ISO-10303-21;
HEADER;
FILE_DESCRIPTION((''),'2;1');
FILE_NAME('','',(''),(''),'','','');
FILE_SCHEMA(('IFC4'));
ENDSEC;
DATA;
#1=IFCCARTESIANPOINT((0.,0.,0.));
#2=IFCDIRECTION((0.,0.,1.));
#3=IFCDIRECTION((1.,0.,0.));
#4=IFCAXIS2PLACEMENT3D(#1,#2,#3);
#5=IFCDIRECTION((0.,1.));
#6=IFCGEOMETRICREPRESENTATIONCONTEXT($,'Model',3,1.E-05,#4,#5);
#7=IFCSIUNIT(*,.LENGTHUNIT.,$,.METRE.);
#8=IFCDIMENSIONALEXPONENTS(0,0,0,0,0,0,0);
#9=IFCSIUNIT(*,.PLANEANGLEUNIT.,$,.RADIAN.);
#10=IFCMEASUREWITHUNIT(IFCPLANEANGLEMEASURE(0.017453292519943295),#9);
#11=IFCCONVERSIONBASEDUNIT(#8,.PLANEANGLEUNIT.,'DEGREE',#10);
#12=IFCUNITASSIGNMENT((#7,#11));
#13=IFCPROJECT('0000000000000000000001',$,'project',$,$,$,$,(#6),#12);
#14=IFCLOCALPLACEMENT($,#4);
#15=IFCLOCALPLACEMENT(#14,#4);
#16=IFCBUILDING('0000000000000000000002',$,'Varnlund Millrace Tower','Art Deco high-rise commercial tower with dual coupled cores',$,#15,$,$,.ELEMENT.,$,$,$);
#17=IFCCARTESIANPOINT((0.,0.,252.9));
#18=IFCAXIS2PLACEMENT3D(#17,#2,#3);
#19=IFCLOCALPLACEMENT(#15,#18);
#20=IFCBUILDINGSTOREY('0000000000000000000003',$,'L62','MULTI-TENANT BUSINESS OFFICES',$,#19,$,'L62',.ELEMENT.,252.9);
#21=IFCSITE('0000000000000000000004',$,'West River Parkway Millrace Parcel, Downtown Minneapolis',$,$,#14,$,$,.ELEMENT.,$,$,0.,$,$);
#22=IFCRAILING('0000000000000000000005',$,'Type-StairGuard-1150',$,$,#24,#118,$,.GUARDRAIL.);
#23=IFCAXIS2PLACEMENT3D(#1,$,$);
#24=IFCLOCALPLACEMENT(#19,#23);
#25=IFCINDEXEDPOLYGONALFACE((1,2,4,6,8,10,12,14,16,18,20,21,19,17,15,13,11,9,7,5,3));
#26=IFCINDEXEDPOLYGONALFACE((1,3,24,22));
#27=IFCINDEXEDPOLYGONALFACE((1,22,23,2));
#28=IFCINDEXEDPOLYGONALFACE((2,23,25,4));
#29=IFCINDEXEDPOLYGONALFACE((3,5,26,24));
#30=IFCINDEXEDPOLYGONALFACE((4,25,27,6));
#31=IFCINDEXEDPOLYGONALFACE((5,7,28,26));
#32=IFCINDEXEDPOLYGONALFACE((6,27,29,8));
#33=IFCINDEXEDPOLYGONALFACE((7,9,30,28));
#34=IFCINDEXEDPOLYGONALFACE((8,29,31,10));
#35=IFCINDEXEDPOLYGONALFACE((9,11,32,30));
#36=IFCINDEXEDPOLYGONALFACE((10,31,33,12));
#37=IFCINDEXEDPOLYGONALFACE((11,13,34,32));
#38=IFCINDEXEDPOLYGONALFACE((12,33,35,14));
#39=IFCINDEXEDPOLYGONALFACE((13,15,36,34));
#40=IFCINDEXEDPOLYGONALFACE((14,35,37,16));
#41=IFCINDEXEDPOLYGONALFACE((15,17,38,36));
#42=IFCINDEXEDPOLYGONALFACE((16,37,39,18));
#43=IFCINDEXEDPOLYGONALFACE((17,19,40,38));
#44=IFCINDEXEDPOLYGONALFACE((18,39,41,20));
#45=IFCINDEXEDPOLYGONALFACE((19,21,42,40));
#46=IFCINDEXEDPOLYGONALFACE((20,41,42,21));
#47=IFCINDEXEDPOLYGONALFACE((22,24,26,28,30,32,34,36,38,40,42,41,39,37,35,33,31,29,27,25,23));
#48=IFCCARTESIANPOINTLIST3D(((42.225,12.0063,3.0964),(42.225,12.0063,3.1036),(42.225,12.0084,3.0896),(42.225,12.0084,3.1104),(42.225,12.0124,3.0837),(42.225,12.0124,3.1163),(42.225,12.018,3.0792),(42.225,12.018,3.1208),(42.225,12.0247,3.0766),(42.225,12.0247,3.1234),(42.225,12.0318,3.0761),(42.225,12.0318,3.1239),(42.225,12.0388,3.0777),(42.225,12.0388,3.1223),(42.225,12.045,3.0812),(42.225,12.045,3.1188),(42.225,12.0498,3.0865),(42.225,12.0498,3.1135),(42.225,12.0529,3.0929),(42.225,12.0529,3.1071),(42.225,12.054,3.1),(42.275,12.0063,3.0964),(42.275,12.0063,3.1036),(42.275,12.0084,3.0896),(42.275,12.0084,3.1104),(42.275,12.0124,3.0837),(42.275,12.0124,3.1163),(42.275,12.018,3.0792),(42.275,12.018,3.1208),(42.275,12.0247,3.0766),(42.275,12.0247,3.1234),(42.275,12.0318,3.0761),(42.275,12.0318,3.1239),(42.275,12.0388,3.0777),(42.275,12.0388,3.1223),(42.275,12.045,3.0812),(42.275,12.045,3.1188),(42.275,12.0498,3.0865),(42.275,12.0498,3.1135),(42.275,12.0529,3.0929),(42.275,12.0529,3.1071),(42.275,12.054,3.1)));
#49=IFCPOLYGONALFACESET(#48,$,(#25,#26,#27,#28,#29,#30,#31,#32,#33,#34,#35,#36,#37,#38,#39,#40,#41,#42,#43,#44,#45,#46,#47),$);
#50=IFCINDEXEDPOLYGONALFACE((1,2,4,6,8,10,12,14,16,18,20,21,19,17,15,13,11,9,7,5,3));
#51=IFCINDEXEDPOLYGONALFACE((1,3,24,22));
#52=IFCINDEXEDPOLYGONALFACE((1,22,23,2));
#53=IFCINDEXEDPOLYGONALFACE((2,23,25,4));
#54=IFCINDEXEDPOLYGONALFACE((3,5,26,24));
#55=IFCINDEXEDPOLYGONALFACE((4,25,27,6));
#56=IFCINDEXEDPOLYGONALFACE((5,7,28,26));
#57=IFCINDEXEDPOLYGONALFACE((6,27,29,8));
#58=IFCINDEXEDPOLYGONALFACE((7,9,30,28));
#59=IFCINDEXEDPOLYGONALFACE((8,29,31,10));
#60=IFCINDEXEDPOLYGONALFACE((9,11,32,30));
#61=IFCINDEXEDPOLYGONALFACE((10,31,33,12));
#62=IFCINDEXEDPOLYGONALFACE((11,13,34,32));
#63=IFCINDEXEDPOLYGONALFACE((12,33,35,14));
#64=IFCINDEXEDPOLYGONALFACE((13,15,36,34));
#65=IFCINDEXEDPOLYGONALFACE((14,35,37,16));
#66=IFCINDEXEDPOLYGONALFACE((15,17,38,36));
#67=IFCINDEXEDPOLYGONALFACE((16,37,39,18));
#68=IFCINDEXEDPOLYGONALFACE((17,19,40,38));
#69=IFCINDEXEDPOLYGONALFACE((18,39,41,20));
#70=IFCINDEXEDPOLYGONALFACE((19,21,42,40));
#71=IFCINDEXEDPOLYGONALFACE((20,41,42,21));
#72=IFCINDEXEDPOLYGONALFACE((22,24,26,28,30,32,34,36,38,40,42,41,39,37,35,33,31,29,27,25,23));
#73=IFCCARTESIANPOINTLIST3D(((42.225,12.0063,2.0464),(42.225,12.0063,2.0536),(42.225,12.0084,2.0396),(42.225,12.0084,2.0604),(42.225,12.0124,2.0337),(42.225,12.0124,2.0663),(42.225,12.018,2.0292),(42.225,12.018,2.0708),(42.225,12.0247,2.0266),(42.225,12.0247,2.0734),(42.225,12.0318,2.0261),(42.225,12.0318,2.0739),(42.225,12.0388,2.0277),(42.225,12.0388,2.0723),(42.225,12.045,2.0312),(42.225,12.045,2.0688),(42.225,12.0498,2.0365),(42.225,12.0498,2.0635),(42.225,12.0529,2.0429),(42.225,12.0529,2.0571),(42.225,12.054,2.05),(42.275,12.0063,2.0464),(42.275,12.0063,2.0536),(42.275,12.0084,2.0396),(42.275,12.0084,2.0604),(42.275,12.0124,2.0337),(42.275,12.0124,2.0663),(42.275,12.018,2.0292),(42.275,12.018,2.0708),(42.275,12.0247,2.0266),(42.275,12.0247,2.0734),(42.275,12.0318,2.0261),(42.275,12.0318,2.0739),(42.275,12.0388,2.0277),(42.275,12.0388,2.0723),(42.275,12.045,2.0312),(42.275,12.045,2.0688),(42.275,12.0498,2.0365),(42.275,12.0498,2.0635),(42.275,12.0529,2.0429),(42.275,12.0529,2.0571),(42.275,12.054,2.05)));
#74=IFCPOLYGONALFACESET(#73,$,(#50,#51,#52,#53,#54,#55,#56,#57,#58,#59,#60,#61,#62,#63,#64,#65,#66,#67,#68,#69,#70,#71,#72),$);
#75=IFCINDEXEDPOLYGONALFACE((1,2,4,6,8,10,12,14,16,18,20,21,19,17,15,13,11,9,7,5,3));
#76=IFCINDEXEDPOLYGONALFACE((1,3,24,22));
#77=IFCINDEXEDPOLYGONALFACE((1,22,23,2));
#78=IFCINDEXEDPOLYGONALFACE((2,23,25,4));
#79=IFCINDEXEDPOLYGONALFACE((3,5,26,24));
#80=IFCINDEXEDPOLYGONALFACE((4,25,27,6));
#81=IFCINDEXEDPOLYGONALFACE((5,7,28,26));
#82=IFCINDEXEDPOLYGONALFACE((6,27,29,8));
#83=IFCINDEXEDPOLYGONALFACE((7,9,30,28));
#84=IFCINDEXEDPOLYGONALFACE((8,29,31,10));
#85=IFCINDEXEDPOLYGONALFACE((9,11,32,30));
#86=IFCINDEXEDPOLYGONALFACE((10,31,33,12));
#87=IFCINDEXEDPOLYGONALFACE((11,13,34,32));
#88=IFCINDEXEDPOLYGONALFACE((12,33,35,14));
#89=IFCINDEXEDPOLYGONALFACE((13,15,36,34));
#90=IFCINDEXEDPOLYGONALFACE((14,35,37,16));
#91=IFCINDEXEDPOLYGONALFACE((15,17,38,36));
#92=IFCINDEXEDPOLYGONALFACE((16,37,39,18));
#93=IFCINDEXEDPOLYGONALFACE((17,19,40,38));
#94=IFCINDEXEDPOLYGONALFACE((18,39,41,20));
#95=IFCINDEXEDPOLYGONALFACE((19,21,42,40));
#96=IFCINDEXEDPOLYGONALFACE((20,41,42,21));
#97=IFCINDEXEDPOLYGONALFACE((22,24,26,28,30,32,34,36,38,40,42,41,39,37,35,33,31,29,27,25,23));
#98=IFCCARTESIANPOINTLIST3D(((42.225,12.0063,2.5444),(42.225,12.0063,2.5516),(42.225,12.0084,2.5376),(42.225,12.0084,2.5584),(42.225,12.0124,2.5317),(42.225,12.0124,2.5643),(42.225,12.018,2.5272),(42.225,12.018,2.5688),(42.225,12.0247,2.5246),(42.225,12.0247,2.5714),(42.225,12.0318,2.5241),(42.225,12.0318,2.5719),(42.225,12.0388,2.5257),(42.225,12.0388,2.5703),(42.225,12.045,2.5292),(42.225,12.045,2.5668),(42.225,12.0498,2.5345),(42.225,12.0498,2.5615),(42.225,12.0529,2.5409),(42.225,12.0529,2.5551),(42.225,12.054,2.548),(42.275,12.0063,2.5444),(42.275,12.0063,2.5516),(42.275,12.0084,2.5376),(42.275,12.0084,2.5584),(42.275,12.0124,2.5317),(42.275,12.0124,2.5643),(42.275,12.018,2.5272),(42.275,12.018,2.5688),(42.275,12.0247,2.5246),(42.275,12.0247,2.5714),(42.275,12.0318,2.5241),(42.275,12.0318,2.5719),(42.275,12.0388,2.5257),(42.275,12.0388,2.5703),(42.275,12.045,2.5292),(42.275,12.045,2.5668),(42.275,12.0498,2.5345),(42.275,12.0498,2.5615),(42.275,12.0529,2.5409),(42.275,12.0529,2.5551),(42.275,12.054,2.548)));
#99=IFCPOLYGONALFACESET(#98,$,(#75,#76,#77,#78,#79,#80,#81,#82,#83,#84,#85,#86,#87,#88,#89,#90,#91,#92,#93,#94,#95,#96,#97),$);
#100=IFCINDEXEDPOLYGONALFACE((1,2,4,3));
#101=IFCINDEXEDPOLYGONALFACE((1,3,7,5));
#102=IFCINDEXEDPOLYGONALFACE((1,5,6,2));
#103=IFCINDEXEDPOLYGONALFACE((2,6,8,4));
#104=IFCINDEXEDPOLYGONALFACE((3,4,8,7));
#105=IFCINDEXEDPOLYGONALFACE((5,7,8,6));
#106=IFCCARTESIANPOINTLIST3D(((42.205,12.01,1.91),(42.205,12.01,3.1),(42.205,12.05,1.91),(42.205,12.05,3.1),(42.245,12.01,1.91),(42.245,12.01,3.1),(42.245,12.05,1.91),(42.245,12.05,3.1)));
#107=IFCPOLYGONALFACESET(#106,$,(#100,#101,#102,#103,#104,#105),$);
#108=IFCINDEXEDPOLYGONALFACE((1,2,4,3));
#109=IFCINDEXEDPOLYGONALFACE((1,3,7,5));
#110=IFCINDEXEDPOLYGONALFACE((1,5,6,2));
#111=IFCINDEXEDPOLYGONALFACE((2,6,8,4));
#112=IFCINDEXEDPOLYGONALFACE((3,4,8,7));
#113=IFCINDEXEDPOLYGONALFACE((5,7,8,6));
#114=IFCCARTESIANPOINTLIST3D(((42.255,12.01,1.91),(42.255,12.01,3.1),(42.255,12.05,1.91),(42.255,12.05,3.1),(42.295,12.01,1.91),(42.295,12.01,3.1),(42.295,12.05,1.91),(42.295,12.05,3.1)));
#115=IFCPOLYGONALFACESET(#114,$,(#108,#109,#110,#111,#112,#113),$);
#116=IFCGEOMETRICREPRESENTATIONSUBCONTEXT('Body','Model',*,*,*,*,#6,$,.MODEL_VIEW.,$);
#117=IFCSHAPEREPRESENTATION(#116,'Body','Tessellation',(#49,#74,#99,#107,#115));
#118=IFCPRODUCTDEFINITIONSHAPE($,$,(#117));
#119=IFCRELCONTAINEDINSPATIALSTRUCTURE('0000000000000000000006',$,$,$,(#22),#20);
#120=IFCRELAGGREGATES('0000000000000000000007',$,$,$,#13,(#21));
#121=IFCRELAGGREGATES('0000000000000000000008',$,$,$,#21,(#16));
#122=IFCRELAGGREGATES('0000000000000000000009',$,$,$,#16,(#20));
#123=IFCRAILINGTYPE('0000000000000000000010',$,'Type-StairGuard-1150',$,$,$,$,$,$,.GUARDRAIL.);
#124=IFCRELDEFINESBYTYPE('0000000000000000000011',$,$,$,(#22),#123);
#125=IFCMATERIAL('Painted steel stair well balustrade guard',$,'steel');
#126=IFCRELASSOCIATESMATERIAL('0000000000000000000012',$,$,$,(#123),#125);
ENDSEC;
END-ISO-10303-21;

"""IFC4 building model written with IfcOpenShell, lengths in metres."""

from ifc_helpers import new_model, entity, si_unit, converted_unit, direction, frame, origin_with_axes, origin_2d_with_axis, place, context, subcontext, project, spatial, rectangle, circle, extrude, material, type_object, element, save


model = new_model("IFC4")

# Units and contexts
model_context = context("Model", 3, precision=1e-05, world=origin_with_axes(), true_north=direction((0.0, 1.0)))
body_context = subcontext(model_context, "Body", "Model", "MODEL_VIEW")
ifc_project = project(units=[si_unit("LENGTHUNIT", "METRE"), converted_unit("PLANEANGLEUNIT", "DEGREE", entity("IfcPlaneAngleMeasure", 0.017453292519943295), si_unit("PLANEANGLEUNIT", "RADIAN"), dimensions=[0, 0, 0, 0, 0, 0, 0])], contexts=[model_context])

# Site, building, storey
site_placement = place(None, origin_with_axes())
site = spatial("IfcSite", under=ifc_project, at=site_placement, Name="West River Parkway Millrace Parcel, Downtown Minneapolis", CompositionType="ELEMENT", RefElevation=0.0)
building_placement = place(site_placement, origin_with_axes())
building = spatial("IfcBuilding", under=site, at=building_placement, Name="Varnlund Millrace Tower", Description="Art Deco high-rise commercial tower with dual coupled cores", CompositionType="ELEMENT")
storey_placement = place(building_placement, frame((0.0, 0.0, 252.9), z_axis=(0.0, 0.0, 1.0), x_axis=(1.0, 0.0, 0.0)))
storey = spatial("IfcBuildingStorey", under=building, at=storey_placement, Name="L62", Description="MULTI-TENANT BUSINESS OFFICES", LongName="L62", CompositionType="ELEMENT", Elevation=252.9)

# Railing
ifc_material_1 = material(Name="Painted steel stair well balustrade guard", Category="steel")
railing_type_1 = type_object("IfcRailingType", Name="Type-StairGuard-1150", PredefinedType="GUARDRAIL", material=ifc_material_1)
railing_1_placement = place(storey_placement, frame((0.0, 0.0, -252.9), z_axis=(0.0, 0.0, 1.0), x_axis=(1.0, 0.0, 0.0)))
element("IfcRailing", 1, at=railing_1_placement, inside=storey, type_object=railing_type_1, Name="Type-StairGuard-1150", PredefinedType="GUARDRAIL", context=body_context, shape_type="SweptSolid", body=[
    extrude(circle(Radius=0.024, at=origin_2d_with_axis()), frame((42.225, 12.03, 256.0), z_axis=(1.0, 0.0, 0.0), x_axis=(0.0, 1.0, 0.0)), (0.0, 0.0, 1.0), 0.05),
    extrude(circle(Radius=0.024, at=origin_2d_with_axis()), frame((42.225, 12.03, 254.95), z_axis=(1.0, 0.0, 0.0), x_axis=(0.0, 1.0, 0.0)), (0.0, 0.0, 1.0), 0.05),
    extrude(circle(Radius=0.024, at=origin_2d_with_axis()), frame((42.225, 12.03, 255.448), z_axis=(1.0, 0.0, 0.0), x_axis=(0.0, 1.0, 0.0)), (0.0, 0.0, 1.0), 0.05),
    extrude(rectangle(XDim=0.04, YDim=0.04, at=origin_2d_with_axis()), frame((42.225, 12.03, 254.81), z_axis=(0.0, 0.0, 1.0), x_axis=(1.0, 0.0, 0.0)), (0.0, 0.0, 1.0), 1.19),
    extrude(rectangle(XDim=0.04, YDim=0.04, at=origin_2d_with_axis()), frame((42.275, 12.03, 254.81), z_axis=(0.0, 0.0, 1.0), x_axis=(1.0, 0.0, 0.0)), (0.0, 0.0, 1.0), 1.19),
])

save(model, "model.ifc")
